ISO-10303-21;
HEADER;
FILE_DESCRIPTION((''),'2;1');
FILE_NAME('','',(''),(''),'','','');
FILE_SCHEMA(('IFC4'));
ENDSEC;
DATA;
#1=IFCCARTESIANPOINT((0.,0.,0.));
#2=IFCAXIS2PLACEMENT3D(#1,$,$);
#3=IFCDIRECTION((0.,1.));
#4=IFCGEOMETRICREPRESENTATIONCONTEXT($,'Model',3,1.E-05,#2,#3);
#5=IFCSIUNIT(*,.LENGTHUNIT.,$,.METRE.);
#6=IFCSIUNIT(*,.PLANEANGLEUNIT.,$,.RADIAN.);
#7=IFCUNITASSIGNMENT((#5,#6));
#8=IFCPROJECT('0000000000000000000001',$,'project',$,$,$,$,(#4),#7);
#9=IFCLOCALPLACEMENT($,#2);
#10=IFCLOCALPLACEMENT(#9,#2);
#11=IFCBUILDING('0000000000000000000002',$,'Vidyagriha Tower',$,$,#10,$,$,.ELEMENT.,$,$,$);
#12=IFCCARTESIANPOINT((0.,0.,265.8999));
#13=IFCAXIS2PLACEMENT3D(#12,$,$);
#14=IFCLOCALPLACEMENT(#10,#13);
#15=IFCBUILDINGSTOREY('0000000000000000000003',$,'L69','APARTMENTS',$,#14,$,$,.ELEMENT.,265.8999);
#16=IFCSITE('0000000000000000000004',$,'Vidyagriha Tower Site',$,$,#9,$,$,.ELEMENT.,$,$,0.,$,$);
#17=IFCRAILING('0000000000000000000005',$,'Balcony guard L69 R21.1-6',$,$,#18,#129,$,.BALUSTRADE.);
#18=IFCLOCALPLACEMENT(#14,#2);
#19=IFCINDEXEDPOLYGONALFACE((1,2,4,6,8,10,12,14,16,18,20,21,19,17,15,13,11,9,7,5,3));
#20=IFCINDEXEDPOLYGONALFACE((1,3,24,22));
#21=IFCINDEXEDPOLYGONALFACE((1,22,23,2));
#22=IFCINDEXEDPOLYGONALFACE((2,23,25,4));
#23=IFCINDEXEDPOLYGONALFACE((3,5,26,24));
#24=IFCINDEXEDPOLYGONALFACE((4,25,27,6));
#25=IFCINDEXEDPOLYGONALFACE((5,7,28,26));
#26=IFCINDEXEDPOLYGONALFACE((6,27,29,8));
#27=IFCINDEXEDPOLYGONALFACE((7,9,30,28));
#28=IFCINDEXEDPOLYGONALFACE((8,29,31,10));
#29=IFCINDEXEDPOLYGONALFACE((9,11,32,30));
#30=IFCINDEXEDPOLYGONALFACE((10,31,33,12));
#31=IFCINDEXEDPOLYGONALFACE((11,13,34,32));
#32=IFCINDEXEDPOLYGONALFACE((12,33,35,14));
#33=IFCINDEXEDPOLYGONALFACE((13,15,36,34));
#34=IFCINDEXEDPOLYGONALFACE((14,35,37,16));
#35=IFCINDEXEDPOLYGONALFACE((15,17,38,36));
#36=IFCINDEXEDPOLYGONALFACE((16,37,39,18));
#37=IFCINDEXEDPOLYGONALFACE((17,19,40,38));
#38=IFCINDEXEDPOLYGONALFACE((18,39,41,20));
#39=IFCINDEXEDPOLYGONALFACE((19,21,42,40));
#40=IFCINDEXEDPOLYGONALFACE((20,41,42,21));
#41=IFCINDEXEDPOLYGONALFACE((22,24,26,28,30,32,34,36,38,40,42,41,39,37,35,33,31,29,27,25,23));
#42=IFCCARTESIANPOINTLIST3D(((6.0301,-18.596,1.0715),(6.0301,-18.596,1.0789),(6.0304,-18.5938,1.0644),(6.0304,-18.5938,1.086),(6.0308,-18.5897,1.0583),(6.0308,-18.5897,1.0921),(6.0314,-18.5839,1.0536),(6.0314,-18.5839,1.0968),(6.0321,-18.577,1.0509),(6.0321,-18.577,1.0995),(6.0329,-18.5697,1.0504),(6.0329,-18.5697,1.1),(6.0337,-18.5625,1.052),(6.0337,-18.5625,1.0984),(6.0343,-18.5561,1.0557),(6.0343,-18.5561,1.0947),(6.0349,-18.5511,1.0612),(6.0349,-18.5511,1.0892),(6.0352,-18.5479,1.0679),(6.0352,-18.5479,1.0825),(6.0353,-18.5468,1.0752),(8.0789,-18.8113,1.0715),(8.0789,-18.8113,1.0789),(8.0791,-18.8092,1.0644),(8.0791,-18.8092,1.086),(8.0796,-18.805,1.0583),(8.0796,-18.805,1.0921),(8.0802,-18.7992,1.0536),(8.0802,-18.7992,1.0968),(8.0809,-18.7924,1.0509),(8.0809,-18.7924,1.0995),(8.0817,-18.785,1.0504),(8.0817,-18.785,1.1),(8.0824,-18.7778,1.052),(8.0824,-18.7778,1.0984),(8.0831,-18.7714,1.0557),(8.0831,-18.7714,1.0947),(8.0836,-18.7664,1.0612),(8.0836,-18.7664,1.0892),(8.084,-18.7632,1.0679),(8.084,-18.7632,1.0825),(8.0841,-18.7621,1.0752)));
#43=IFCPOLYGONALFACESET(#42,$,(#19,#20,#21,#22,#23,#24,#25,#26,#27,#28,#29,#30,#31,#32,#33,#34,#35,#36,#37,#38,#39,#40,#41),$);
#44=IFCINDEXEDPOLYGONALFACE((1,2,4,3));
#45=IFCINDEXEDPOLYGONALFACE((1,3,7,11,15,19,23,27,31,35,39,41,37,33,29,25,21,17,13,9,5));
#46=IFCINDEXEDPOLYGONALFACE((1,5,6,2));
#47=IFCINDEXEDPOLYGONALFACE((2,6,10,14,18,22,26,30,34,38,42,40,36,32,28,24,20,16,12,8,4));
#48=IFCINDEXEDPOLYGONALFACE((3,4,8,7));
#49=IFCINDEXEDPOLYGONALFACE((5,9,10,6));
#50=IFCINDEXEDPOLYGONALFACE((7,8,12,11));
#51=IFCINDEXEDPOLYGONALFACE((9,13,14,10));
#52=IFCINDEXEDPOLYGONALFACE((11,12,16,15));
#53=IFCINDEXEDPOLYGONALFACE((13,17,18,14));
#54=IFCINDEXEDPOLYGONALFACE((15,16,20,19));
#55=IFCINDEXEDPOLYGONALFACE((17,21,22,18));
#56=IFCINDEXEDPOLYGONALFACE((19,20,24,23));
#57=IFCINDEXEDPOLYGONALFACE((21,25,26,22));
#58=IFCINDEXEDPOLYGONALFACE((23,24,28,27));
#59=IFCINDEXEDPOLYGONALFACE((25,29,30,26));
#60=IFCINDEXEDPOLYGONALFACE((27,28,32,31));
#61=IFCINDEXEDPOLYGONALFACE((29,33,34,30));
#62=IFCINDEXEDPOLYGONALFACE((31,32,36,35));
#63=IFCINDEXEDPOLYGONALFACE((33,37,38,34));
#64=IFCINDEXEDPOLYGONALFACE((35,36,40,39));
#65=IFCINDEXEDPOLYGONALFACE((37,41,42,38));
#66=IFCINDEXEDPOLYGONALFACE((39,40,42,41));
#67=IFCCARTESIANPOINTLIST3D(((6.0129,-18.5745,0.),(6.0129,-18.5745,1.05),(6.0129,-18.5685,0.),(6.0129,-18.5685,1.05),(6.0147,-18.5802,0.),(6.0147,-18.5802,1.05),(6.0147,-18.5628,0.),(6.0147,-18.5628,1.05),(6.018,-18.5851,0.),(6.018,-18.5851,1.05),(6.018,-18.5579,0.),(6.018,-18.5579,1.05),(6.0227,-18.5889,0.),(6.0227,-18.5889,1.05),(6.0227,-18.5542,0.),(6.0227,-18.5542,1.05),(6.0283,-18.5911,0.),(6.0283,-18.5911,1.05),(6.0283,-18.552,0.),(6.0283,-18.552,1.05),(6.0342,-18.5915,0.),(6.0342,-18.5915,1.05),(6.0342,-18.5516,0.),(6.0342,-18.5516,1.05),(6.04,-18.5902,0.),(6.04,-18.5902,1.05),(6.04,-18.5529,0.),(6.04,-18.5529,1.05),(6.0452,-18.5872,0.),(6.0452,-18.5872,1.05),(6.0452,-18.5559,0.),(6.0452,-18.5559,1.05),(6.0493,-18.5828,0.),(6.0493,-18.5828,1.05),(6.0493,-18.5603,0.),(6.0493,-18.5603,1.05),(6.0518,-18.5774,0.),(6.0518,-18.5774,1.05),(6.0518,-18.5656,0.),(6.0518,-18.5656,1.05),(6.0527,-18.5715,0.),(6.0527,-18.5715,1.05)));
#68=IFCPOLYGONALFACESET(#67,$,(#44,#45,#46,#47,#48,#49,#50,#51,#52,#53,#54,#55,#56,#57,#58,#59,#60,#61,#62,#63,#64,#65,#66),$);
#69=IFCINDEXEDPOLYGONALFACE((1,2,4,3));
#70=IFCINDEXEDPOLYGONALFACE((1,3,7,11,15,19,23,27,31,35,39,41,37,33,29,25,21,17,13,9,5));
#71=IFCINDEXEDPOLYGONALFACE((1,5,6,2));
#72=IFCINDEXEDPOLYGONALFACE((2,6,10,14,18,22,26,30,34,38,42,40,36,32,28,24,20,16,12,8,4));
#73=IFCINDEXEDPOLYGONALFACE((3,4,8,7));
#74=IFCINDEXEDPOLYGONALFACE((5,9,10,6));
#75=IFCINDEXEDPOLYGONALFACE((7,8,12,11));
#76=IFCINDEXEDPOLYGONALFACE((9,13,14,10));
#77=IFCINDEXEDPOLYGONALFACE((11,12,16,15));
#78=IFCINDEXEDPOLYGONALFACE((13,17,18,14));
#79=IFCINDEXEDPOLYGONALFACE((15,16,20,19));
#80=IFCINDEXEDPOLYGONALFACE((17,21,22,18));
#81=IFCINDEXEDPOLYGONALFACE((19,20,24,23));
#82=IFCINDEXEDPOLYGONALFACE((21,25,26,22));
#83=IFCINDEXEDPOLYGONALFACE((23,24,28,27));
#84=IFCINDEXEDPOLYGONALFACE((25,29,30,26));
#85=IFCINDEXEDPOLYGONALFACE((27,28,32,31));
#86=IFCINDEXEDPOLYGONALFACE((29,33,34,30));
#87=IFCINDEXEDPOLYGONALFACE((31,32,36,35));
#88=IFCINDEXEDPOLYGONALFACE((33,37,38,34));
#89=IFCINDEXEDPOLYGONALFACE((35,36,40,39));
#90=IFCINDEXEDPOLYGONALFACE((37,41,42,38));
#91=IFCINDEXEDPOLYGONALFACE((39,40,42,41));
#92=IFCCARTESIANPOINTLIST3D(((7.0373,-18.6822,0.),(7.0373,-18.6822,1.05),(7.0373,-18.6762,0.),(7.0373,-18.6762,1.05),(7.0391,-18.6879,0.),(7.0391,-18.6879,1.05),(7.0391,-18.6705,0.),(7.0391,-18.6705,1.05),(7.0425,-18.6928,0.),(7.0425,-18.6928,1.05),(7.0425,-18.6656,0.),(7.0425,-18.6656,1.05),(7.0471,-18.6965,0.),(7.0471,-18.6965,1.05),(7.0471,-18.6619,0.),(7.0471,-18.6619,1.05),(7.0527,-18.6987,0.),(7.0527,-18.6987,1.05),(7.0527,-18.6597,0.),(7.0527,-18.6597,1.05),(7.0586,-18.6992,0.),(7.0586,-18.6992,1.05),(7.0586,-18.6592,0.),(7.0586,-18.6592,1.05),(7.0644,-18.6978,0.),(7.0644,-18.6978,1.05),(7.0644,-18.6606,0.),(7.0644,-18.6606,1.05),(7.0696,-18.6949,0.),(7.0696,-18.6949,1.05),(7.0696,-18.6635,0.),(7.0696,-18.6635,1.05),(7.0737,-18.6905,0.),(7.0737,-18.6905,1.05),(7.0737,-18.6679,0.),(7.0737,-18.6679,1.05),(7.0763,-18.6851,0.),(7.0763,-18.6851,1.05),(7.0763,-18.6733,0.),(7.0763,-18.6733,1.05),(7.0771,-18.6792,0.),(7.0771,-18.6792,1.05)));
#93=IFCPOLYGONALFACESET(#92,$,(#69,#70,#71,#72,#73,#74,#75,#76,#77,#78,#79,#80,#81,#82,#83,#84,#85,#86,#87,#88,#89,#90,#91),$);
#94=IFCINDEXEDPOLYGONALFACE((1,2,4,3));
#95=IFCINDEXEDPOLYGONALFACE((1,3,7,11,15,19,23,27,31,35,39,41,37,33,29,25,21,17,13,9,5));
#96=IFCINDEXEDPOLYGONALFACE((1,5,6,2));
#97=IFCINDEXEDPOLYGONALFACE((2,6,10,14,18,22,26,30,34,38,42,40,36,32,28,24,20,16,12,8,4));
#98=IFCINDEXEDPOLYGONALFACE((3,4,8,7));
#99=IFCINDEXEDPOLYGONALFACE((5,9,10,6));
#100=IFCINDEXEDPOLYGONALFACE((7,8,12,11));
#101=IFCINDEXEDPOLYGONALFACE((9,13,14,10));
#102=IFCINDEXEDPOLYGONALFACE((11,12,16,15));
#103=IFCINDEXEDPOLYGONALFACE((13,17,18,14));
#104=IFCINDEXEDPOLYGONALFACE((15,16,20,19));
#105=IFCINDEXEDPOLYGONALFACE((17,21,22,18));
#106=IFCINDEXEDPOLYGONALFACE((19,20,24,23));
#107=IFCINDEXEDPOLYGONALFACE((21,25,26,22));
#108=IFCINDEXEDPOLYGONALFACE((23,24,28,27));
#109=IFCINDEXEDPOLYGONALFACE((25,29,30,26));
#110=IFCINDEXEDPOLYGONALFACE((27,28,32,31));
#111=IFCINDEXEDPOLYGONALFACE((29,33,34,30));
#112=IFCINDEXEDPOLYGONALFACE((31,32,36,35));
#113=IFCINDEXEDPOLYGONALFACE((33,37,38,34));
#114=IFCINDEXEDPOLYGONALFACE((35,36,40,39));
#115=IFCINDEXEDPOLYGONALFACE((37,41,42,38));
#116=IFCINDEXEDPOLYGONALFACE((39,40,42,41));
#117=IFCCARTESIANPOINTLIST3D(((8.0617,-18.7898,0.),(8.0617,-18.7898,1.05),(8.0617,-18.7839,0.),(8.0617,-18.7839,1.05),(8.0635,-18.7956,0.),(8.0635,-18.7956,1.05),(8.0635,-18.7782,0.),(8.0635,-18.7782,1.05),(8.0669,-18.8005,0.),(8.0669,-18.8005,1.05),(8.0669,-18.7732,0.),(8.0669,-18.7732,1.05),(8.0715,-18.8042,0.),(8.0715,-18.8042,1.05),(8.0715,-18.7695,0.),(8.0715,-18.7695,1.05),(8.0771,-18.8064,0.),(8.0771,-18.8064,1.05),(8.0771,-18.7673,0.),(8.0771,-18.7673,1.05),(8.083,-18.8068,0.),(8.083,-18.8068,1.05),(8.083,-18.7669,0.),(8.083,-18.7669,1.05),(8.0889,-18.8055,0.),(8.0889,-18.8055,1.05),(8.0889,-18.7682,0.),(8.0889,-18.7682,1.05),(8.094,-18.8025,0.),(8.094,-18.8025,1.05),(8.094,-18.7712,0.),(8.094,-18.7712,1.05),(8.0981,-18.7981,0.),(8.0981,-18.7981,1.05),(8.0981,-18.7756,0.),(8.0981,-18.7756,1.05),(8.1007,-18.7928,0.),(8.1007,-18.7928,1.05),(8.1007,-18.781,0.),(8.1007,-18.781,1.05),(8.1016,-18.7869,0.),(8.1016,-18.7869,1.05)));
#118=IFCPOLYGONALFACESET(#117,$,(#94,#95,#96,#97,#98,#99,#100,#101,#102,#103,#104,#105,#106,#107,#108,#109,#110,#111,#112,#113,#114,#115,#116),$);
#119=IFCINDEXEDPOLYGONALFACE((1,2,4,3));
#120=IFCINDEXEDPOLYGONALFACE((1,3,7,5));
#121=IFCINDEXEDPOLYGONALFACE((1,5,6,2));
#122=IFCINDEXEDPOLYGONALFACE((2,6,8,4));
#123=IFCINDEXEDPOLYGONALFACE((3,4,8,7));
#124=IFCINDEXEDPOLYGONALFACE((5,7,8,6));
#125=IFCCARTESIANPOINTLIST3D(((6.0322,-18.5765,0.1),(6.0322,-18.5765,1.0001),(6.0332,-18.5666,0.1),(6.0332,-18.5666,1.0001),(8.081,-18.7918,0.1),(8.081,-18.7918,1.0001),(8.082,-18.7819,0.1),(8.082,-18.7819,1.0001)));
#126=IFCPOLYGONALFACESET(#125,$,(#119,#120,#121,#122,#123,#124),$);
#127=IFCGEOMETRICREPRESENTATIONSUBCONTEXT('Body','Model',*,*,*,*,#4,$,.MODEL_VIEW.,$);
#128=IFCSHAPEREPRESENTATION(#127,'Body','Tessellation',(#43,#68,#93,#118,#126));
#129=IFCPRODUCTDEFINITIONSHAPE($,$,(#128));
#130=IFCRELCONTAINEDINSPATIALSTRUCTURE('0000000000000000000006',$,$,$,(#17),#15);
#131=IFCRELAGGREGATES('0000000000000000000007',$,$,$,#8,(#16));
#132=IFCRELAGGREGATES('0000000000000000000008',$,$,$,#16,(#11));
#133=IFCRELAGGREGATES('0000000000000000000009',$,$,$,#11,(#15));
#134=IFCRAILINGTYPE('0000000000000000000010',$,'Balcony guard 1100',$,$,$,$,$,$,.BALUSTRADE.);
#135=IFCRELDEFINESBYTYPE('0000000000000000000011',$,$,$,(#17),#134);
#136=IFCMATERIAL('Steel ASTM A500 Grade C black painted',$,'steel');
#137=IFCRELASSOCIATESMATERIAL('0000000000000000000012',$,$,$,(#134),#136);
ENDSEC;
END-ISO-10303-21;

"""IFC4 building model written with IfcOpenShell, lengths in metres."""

from ifc_helpers import new_model, si_unit, direction, frame, origin, origin_2d, place, context, subcontext, project, spatial, rectangle, circle, extrude, material, type_object, element, save


model = new_model("IFC4")

# Units and contexts
model_context = context("Model", 3, precision=1e-05, world=origin(), true_north=direction((0.0, 1.0)))
body_context = subcontext(model_context, "Body", "Model", "MODEL_VIEW")
ifc_project = project(units=[si_unit("LENGTHUNIT", "METRE"), si_unit("PLANEANGLEUNIT", "RADIAN")], contexts=[model_context])

# Site, building, storey
site_placement = place(None, origin())
site = spatial("IfcSite", under=ifc_project, at=site_placement, Name="Vidyagriha Tower Site", CompositionType="ELEMENT", RefElevation=0.0)
building_placement = place(site_placement, origin())
building = spatial("IfcBuilding", under=site, at=building_placement, Name="Vidyagriha Tower", CompositionType="ELEMENT")
storey_placement = place(building_placement, frame((0.0, 0.0, 265.8999)))
storey = spatial("IfcBuildingStorey", under=building, at=storey_placement, Name="L69", Description="APARTMENTS", CompositionType="ELEMENT", Elevation=265.8999)

# Railing
ifc_material_1 = material(Name="Steel ASTM A500 Grade C black painted", Category="steel")
railing_type = type_object("IfcRailingType", Name="Balcony guard 1100", PredefinedType="BALUSTRADE", material=ifc_material_1)
railing_1_placement = place(storey_placement, frame((6.0327, -18.5715, 0.0)))
element("IfcRailing", 1, at=railing_1_placement, inside=storey, type_object=railing_type, Name="Balcony guard L69 R21.1-6", PredefinedType="BALUSTRADE", context=body_context, shape_type="SweptSolid", body=[
    extrude(circle(Radius=0.0249, at=origin_2d()), frame((0.0, 0.0, 1.0752), z_axis=(0.994522, -0.104524, 0.0), x_axis=(0.104524, 0.994522, 0.0)), (0.0, 0.0, 1.0), 2.0601),
    extrude(circle(Radius=0.02, at=origin_2d()), origin(), (0.0, 0.0, 1.0), 1.05),
    extrude(circle(Radius=0.02, at=origin_2d()), frame((1.0244, -0.1077, 0.0)), (0.0, 0.0, 1.0), 1.05),
    extrude(circle(Radius=0.02, at=origin_2d()), frame((2.0488, -0.2153, 0.0)), (0.0, 0.0, 1.0), 1.05),
    extrude(rectangle(XDim=0.01, YDim=0.9001, at=origin_2d()), frame((0.0, 0.0, 0.55), z_axis=(0.994522, -0.104524, 0.0), x_axis=(0.104524, 0.994522, 0.0)), (0.0, 0.0, 1.0), 2.0601),
])

save(model, "model.ifc")
